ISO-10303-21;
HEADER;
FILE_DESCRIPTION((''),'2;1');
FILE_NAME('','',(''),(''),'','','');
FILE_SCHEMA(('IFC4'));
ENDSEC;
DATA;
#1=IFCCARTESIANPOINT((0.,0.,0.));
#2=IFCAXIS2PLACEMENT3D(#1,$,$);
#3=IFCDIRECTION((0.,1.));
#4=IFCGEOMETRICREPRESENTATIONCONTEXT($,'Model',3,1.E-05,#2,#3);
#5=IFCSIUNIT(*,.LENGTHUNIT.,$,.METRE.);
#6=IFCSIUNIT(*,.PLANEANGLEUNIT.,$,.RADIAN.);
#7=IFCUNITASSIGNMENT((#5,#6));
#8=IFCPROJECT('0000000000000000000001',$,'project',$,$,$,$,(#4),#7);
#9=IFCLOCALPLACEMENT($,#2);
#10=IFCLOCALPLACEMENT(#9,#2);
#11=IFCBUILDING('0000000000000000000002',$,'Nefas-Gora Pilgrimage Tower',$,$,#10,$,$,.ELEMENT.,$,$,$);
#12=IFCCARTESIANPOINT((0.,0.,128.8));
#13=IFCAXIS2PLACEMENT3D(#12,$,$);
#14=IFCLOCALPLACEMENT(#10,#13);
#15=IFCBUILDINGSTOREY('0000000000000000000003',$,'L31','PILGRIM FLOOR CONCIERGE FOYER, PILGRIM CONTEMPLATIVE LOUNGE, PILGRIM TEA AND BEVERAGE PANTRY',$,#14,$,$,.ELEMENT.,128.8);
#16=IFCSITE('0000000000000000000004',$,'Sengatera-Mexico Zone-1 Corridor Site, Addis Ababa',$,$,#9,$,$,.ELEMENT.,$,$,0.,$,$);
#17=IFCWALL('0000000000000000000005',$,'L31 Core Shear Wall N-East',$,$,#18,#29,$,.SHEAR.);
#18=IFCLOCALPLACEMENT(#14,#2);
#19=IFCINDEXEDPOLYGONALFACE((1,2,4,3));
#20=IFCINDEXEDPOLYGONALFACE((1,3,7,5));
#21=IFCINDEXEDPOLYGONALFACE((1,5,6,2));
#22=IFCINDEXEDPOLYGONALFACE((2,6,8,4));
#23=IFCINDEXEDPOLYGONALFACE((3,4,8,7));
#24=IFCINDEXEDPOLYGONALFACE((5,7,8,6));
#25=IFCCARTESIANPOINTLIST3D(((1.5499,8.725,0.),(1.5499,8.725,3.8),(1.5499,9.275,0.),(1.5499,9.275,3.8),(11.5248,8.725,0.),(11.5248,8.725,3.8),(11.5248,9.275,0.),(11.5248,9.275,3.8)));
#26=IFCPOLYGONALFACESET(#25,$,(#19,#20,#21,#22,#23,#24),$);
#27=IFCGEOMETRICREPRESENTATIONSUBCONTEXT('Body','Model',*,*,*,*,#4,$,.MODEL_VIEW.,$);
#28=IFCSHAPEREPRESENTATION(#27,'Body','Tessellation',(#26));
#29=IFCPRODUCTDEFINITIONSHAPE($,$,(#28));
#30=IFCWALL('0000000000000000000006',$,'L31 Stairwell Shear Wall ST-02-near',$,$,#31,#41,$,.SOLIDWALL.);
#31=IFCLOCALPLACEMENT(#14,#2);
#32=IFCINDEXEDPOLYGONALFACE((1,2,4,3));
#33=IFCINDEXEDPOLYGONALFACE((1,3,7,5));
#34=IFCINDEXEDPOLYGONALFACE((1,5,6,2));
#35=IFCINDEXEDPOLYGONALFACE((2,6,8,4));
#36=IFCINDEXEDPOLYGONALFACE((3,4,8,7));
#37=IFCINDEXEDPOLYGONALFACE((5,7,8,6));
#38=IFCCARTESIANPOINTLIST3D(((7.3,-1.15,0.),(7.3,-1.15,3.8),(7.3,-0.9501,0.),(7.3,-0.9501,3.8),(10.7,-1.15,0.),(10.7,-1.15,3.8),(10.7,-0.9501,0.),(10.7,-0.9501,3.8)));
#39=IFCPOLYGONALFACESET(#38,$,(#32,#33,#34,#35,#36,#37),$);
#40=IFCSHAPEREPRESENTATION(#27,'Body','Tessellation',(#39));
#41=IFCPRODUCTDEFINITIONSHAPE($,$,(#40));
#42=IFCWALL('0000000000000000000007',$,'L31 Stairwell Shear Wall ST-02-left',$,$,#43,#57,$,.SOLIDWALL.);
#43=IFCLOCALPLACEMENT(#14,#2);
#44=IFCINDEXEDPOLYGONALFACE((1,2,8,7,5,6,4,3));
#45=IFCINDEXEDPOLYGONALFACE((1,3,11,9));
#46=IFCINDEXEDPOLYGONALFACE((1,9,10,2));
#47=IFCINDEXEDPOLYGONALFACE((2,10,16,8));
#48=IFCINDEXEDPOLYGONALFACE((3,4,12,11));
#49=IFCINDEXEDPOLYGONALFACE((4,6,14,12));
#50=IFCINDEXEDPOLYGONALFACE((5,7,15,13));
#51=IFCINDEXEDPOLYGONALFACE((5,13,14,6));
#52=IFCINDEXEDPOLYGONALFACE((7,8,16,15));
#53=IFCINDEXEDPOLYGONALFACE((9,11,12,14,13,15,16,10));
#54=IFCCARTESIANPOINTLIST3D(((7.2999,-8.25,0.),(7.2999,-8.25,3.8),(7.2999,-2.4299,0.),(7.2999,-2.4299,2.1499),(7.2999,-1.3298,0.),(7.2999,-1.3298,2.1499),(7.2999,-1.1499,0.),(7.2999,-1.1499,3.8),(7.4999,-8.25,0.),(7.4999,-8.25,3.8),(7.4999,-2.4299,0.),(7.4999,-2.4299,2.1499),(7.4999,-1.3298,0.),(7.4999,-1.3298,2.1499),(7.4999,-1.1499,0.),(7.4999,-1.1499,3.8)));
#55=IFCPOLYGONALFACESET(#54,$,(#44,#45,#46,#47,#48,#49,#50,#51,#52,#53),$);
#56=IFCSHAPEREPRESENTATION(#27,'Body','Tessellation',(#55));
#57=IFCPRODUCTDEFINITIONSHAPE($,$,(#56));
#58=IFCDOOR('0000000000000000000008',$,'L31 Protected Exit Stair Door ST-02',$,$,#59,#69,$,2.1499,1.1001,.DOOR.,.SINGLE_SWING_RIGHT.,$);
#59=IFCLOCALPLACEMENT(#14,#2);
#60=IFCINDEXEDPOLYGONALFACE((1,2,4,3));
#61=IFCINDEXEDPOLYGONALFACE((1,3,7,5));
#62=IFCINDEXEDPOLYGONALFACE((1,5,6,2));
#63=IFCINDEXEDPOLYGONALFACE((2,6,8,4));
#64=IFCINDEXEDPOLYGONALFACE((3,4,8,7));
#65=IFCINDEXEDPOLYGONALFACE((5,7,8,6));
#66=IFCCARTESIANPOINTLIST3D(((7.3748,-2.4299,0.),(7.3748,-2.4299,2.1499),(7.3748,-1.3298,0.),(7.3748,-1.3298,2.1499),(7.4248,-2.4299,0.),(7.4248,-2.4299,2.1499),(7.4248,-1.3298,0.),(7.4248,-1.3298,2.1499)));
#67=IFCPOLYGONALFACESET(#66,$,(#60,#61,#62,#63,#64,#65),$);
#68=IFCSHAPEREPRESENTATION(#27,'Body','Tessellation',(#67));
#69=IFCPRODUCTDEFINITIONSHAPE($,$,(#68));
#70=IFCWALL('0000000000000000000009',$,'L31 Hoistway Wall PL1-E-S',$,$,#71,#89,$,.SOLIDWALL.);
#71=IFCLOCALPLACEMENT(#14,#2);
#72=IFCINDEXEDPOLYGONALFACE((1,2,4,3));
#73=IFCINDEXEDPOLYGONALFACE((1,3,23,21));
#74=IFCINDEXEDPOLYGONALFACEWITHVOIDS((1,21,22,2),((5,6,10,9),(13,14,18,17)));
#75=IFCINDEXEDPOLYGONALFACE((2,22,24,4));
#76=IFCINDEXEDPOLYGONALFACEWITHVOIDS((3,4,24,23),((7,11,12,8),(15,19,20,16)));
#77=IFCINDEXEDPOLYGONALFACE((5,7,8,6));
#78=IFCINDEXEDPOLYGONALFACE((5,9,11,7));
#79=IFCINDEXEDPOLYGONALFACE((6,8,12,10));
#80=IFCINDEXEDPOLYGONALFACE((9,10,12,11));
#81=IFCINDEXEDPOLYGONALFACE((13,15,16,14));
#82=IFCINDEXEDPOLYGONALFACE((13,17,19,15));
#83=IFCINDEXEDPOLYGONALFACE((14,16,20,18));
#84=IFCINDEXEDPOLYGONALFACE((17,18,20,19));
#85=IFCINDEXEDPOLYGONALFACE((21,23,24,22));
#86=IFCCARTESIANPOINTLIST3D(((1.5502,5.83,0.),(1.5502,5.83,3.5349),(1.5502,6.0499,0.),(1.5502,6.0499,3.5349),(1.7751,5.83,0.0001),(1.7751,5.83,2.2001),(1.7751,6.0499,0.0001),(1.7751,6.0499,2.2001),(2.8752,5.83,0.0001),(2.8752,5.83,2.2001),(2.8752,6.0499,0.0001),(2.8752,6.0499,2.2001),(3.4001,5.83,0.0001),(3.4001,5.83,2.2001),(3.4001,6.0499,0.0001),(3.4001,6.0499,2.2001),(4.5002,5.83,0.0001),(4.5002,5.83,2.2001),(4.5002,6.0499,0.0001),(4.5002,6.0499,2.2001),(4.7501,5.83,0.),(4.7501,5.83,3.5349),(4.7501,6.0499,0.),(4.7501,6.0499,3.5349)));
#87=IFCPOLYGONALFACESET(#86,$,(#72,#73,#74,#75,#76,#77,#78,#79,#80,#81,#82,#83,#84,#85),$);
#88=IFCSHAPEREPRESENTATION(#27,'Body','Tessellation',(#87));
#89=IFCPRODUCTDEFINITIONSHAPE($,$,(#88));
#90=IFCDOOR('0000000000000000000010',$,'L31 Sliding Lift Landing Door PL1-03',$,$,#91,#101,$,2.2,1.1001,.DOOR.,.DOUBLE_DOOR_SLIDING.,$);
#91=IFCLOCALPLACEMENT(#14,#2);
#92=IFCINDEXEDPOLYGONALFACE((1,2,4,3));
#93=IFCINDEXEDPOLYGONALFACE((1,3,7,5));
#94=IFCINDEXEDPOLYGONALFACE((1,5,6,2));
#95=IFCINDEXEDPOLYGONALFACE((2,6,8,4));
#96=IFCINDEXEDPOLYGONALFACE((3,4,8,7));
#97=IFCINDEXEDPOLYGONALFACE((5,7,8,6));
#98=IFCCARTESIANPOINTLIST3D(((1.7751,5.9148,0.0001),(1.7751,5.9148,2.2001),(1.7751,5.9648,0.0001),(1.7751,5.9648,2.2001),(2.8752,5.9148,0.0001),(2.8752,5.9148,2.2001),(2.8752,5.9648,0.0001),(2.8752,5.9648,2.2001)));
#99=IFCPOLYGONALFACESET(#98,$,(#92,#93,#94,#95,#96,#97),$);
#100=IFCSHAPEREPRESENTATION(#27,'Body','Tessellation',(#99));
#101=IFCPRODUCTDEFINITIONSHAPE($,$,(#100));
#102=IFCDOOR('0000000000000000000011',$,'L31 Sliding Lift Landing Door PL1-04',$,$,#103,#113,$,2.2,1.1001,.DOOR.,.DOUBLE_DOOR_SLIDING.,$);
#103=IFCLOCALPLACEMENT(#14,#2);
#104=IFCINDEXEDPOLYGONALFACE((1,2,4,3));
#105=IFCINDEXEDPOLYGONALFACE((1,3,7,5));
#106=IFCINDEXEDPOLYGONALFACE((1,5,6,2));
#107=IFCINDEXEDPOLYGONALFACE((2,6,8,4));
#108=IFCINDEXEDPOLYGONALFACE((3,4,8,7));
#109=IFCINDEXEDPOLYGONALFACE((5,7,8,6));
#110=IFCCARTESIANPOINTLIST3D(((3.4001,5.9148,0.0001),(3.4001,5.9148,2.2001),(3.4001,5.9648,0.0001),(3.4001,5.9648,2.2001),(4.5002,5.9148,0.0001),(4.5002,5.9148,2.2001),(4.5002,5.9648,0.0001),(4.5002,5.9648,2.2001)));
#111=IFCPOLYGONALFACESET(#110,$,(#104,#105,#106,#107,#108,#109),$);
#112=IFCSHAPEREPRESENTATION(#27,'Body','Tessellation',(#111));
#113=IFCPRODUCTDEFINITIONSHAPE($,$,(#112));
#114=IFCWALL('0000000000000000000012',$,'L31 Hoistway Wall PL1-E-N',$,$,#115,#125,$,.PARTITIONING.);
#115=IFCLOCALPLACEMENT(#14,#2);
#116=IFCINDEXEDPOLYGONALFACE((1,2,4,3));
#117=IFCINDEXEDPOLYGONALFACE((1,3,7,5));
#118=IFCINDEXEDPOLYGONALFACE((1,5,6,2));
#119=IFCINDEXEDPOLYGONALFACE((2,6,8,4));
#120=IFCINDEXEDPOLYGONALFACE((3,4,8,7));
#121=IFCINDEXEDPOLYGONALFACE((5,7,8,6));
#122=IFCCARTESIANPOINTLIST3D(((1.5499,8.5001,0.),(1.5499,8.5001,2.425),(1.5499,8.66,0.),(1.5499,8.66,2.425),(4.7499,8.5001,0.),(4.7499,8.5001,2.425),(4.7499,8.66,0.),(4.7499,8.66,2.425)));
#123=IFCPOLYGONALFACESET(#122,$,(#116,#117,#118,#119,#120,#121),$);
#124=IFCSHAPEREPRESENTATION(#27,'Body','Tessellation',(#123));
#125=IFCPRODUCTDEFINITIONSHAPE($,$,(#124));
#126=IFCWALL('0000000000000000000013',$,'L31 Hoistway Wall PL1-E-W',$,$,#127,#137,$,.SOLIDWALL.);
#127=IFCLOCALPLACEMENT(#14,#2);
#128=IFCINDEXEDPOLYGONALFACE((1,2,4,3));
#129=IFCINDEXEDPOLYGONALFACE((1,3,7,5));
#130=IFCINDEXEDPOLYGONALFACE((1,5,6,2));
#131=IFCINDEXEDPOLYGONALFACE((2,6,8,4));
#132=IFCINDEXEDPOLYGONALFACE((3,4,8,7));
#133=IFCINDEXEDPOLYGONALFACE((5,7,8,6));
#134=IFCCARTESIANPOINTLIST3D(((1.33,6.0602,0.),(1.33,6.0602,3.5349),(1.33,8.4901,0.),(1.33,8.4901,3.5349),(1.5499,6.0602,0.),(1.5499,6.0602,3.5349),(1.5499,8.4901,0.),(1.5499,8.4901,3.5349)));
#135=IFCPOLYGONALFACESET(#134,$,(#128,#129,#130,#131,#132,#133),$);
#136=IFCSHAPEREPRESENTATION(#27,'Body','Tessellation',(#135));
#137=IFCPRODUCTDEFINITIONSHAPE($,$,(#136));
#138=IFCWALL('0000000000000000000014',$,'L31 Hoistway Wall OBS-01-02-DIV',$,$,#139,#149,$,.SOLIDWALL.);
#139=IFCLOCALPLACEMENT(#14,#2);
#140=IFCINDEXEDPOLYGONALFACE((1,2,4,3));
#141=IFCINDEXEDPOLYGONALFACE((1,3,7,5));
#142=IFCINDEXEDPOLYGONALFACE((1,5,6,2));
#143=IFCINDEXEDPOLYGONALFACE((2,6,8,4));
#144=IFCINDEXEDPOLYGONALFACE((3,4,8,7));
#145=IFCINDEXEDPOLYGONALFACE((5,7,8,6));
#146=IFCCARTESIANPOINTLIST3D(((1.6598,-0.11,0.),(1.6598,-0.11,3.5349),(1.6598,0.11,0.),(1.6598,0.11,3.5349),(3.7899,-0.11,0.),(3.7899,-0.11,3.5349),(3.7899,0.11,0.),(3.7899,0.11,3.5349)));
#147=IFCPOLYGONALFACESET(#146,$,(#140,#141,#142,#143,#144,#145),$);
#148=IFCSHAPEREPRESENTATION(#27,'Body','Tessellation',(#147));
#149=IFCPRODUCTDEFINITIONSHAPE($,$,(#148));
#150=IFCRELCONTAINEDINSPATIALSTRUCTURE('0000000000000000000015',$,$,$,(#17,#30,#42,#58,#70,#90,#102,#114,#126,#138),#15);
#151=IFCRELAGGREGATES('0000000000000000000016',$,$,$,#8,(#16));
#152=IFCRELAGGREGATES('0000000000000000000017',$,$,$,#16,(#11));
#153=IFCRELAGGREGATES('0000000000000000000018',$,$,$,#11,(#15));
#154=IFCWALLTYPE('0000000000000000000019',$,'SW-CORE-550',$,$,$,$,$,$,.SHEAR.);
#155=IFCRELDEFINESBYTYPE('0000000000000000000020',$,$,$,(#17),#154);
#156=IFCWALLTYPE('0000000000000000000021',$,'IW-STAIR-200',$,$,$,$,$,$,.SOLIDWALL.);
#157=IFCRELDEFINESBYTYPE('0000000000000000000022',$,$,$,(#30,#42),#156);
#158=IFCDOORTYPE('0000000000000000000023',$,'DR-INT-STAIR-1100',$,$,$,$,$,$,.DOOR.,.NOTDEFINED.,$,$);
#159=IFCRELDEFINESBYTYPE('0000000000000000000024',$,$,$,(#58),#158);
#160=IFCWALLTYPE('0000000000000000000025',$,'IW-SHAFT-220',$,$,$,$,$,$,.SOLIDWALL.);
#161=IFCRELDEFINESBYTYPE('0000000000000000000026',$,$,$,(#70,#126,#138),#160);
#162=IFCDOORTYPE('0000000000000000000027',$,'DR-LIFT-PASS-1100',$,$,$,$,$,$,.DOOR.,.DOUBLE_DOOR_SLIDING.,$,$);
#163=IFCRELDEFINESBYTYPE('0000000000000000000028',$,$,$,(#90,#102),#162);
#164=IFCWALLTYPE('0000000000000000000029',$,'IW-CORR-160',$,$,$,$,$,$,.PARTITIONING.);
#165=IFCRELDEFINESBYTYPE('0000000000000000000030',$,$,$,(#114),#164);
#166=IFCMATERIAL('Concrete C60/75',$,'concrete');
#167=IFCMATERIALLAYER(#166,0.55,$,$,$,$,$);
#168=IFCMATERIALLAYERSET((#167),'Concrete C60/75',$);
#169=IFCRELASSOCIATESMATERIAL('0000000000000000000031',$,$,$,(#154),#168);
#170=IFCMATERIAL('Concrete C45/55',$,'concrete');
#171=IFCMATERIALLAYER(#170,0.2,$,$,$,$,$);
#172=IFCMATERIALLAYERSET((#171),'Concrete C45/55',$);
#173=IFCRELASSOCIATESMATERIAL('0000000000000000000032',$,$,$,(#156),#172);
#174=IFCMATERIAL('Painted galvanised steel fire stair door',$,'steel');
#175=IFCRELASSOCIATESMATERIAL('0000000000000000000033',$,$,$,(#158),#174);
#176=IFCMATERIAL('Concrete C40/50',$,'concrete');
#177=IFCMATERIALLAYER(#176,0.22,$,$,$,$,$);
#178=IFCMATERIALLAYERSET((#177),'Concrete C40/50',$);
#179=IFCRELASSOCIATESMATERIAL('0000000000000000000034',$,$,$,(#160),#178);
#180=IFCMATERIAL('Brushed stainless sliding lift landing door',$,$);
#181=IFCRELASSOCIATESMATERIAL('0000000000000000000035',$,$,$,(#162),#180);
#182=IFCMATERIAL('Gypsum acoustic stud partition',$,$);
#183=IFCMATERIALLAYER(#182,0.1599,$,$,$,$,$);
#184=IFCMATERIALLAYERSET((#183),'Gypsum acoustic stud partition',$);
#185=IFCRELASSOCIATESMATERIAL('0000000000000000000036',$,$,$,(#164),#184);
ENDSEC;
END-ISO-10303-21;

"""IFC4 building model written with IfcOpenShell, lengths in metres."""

from ifc_helpers import new_model, si_unit, direction, frame, frame_2d, origin, place, context, subcontext, project, spatial, rectangle, extrude, source, transform, mapped, material, layer, layer_set, type_object, element, fill, save


model = new_model("IFC4")

# Units and contexts
model_context = context("Model", 3, precision=1e-05, world=origin(), true_north=direction((0.0, 1.0)))
body_context = subcontext(model_context, "Body", "Model", "MODEL_VIEW")
ifc_project = project(units=[si_unit("LENGTHUNIT", "METRE"), si_unit("PLANEANGLEUNIT", "RADIAN")], contexts=[model_context])

# Site, building, storey
site_placement = place(None, origin())
site = spatial("IfcSite", under=ifc_project, at=site_placement, Name="Sengatera-Mexico Zone-1 Corridor Site, Addis Ababa", CompositionType="ELEMENT", RefElevation=0.0)
building_placement = place(site_placement, origin())
building = spatial("IfcBuilding", under=site, at=building_placement, Name="Nefas-Gora Pilgrimage Tower", CompositionType="ELEMENT")
storey_placement = place(building_placement, frame((0.0, 0.0, 128.8)))
storey = spatial("IfcBuildingStorey", under=building, at=storey_placement, Name="L31", Description="PILGRIM FLOOR CONCIERGE FOYER, PILGRIM CONTEMPLATIVE LOUNGE, PILGRIM TEA AND BEVERAGE PANTRY", CompositionType="ELEMENT", Elevation=128.8)

# Walls
ifc_material_1 = material(Name="Concrete C60/75", Category="concrete")
ifc_layer_1 = layer(ifc_material_1, 0.55)
ifc_layer_set_1 = layer_set([ifc_layer_1], Name="Concrete C60/75")
wall_type_1 = type_object("IfcWallType", Name="SW-CORE-550", PredefinedType="SHEAR", material=ifc_layer_set_1)
shared_shape_1 = source(origin(), body_context, "Body", "SweptSolid", [
    extrude(rectangle(XDim=9.9749, YDim=0.55, at=frame_2d((4.9873, 0.0))), origin(), (0.0, 0.0, 1.0), 3.8),
])
wall_1_placement = place(storey_placement, frame((1.55, 9.0, 0.0), z_axis=(0.0, 0.0, 1.0), x_axis=(1.0, 0.0, 0.0)))
element("IfcWall", 1, at=wall_1_placement, inside=storey, type_object=wall_type_1, Name="L31 Core Shear Wall N-East", PredefinedType="SHEAR", context=body_context, shape_type="MappedRepresentation", body=[
    mapped(shared_shape_1, transform((0.0, 0.0, 0.0), x_axis=(1.0, 0.0, 0.0), y_axis=(0.0, 1.0, 0.0), z_axis=(0.0, 0.0, 1.0), scale=1.0)),
])
ifc_material_2 = material(Name="Concrete C45/55", Category="concrete")
ifc_layer_2 = layer(ifc_material_2, 0.2)
ifc_layer_set_2 = layer_set([ifc_layer_2], Name="Concrete C45/55")
wall_type_2 = type_object("IfcWallType", Name="IW-STAIR-200", PredefinedType="SOLIDWALL", material=ifc_layer_set_2)
shared_shape_2 = source(origin(), body_context, "Body", "SweptSolid", [
    extrude(rectangle(XDim=3.3999, YDim=0.2, at=frame_2d((1.7, 0.0))), origin(), (0.0, 0.0, 1.0), 3.8),
])
wall_2_placement = place(storey_placement, frame((7.3, -1.05, 0.0), z_axis=(0.0, 0.0, 1.0), x_axis=(1.0, 0.0, 0.0)))
element("IfcWall", 2, at=wall_2_placement, inside=storey, type_object=wall_type_2, Name="L31 Stairwell Shear Wall ST-02-near", PredefinedType="SOLIDWALL", context=body_context, shape_type="MappedRepresentation", body=[
    mapped(shared_shape_2, transform((0.0, 0.0, 0.0), x_axis=(1.0, 0.0, 0.0), y_axis=(0.0, 1.0, 0.0), z_axis=(0.0, 0.0, 1.0), scale=1.0)),
])

# Wall, opening, door
shared_shape_3 = source(origin(), body_context, "Body", "SweptSolid", [
    extrude(rectangle(XDim=7.1001, YDim=0.2, at=frame_2d((3.55, 0.0))), origin(), (0.0, 0.0, 1.0), 3.8),
])
wall_3_placement = place(storey_placement, frame((7.3999, -1.1499, 0.0), z_axis=(0.0, 0.0, 1.0), x_axis=(0.0, -1.0, 0.0)))
wall_3 = element("IfcWall", 3, at=wall_3_placement, inside=storey, type_object=wall_type_2, Name="L31 Stairwell Shear Wall ST-02-left", PredefinedType="SOLIDWALL", context=body_context, shape_type="MappedRepresentation", body=[
    mapped(shared_shape_3, transform((0.0, 0.0, 0.0), x_axis=(1.0, 0.0, 0.0), y_axis=(0.0, 1.0, 0.0), z_axis=(0.0, 0.0, 1.0), scale=1.0)),
])
opening_1_placement = place(wall_3_placement, frame((0.1799, 0.0, 0.0)))
opening_1 = element("IfcOpeningElement", 4, at=opening_1_placement, cuts=wall_3, PredefinedType="OPENING", context=body_context, shape_type="SweptSolid", body=[
    extrude(rectangle(XDim=1.1001, YDim=2.1499, at=frame_2d((0.55, 1.075))), frame((0.0, 0.1099, 0.0), z_axis=(0.0, -1.0, 0.0), x_axis=(1.0, 0.0, 0.0)), (0.0, 0.0, 1.0), 0.22),
])
ifc_material_3 = material(Name="Painted galvanised steel fire stair door", Category="steel")
door_type_1 = type_object("IfcDoorType", Name="DR-INT-STAIR-1100", OperationType="NOTDEFINED", PredefinedType="DOOR", material=ifc_material_3)
shared_shape_4 = source(origin(), body_context, "Body", "SweptSolid", [
    extrude(rectangle(XDim=1.1001, YDim=2.1499, at=frame_2d((0.55, 1.075))), frame((0.0, 0.0249, 0.0), z_axis=(0.0, -1.0, 0.0), x_axis=(1.0, 0.0, 0.0)), (0.0, 0.0, 1.0), 0.05),
])
door_1_placement = place(opening_1_placement, origin())
door_1 = element("IfcDoor", 5, at=door_1_placement, inside=storey, type_object=door_type_1, Name="L31 Protected Exit Stair Door ST-02", OperationType="SINGLE_SWING_RIGHT", OverallHeight=2.1499, OverallWidth=1.1001, PredefinedType="DOOR", context=body_context, shape_type="MappedRepresentation", body=[
    mapped(shared_shape_4, transform((0.0, 0.0, 0.0), x_axis=(1.0, 0.0, 0.0), y_axis=(0.0, 1.0, 0.0), z_axis=(0.0, 0.0, 1.0), scale=1.0)),
])
fill(opening_1, door_1)

# Wall, openings, doors
ifc_material_4 = material(Name="Concrete C40/50", Category="concrete")
ifc_layer_3 = layer(ifc_material_4, 0.22)
ifc_layer_set_3 = layer_set([ifc_layer_3], Name="Concrete C40/50")
wall_type_3 = type_object("IfcWallType", Name="IW-SHAFT-220", PredefinedType="SOLIDWALL", material=ifc_layer_set_3)
shared_shape_5 = source(origin(), body_context, "Body", "SweptSolid", [
    extrude(rectangle(XDim=3.2, YDim=0.22, at=frame_2d((1.6001, 0.0))), origin(), (0.0, 0.0, 1.0), 3.5349),
])
wall_4_placement = place(storey_placement, frame((1.55, 5.9399, 0.0), z_axis=(0.0, 0.0, 1.0), x_axis=(1.0, 0.0, 0.0)))
wall_4 = element("IfcWall", 6, at=wall_4_placement, inside=storey, type_object=wall_type_3, Name="L31 Hoistway Wall PL1-E-S", PredefinedType="SOLIDWALL", context=body_context, shape_type="MappedRepresentation", body=[
    mapped(shared_shape_5, transform((0.0, 0.0, 0.0), x_axis=(1.0, 0.0, 0.0), y_axis=(0.0, 1.0, 0.0), z_axis=(0.0, 0.0, 1.0), scale=1.0)),
])
opening_2_placement = place(wall_4_placement, frame((0.2251, 0.0, 0.0)))
opening_2 = element("IfcOpeningElement", 7, at=opening_2_placement, cuts=wall_4, PredefinedType="OPENING", context=body_context, shape_type="SweptSolid", body=[
    extrude(rectangle(XDim=1.1001, YDim=2.2, at=frame_2d((0.55, 1.1001))), frame((0.0, 0.1199, 0.0), z_axis=(0.0, -1.0, 0.0), x_axis=(1.0, 0.0, 0.0)), (0.0, 0.0, 1.0), 0.24),
])
opening_3_placement = place(wall_4_placement, frame((1.8501, 0.0, 0.0)))
opening_3 = element("IfcOpeningElement", 8, at=opening_3_placement, cuts=wall_4, PredefinedType="OPENING", context=body_context, shape_type="SweptSolid", body=[
    extrude(rectangle(XDim=1.1001, YDim=2.2, at=frame_2d((0.55, 1.1001))), frame((0.0, 0.1199, 0.0), z_axis=(0.0, -1.0, 0.0), x_axis=(1.0, 0.0, 0.0)), (0.0, 0.0, 1.0), 0.24),
])
ifc_material_5 = material(Name="Brushed stainless sliding lift landing door")
door_type_2 = type_object("IfcDoorType", Name="DR-LIFT-PASS-1100", OperationType="DOUBLE_DOOR_SLIDING", PredefinedType="DOOR", material=ifc_material_5)
shared_shape_6 = source(origin(), body_context, "Body", "SweptSolid", [
    extrude(rectangle(XDim=1.1001, YDim=2.2, at=frame_2d((0.55, 1.1001))), frame((0.0, 0.0249, 0.0), z_axis=(0.0, -1.0, 0.0), x_axis=(1.0, 0.0, 0.0)), (0.0, 0.0, 1.0), 0.05),
])
door_2_placement = place(opening_2_placement, origin())
door_2 = element("IfcDoor", 9, at=door_2_placement, inside=storey, type_object=door_type_2, Name="L31 Sliding Lift Landing Door PL1-03", OperationType="DOUBLE_DOOR_SLIDING", OverallHeight=2.2, OverallWidth=1.1001, PredefinedType="DOOR", context=body_context, shape_type="MappedRepresentation", body=[
    mapped(shared_shape_6, transform((0.0, 0.0, 0.0), x_axis=(1.0, 0.0, 0.0), y_axis=(0.0, 1.0, 0.0), z_axis=(0.0, 0.0, 1.0), scale=1.0)),
])
fill(opening_2, door_2)
door_3_placement = place(opening_3_placement, origin())
door_3 = element("IfcDoor", 10, at=door_3_placement, inside=storey, type_object=door_type_2, Name="L31 Sliding Lift Landing Door PL1-04", OperationType="DOUBLE_DOOR_SLIDING", OverallHeight=2.2, OverallWidth=1.1001, PredefinedType="DOOR", context=body_context, shape_type="MappedRepresentation", body=[
    mapped(shared_shape_6, transform((0.0, 0.0, 0.0), x_axis=(1.0, 0.0, 0.0), y_axis=(0.0, 1.0, 0.0), z_axis=(0.0, 0.0, 1.0), scale=1.0)),
])
fill(opening_3, door_3)

# Walls
ifc_material_6 = material(Name="Gypsum acoustic stud partition")
ifc_layer_4 = layer(ifc_material_6, 0.1599)
ifc_layer_set_4 = layer_set([ifc_layer_4], Name="Gypsum acoustic stud partition")
wall_type_4 = type_object("IfcWallType", Name="IW-CORR-160", PredefinedType="PARTITIONING", material=ifc_layer_set_4)
shared_shape_7 = source(origin(), body_context, "Body", "SweptSolid", [
    extrude(rectangle(XDim=3.2, YDim=0.1599, at=frame_2d((1.6001, 0.0))), origin(), (0.0, 0.0, 1.0), 2.425),
])
wall_5_placement = place(storey_placement, frame((4.75, 8.5801, 0.0), z_axis=(0.0, 0.0, 1.0), x_axis=(-1.0, 0.0, 0.0)))
element("IfcWall", 11, at=wall_5_placement, inside=storey, type_object=wall_type_4, Name="L31 Hoistway Wall PL1-E-N", PredefinedType="PARTITIONING", context=body_context, shape_type="MappedRepresentation", body=[
    mapped(shared_shape_7, transform((0.0, 0.0, 0.0), x_axis=(1.0, 0.0, 0.0), y_axis=(0.0, 1.0, 0.0), z_axis=(0.0, 0.0, 1.0), scale=1.0)),
])
shared_shape_8 = source(origin(), body_context, "Body", "SweptSolid", [
    extrude(rectangle(XDim=2.4299, YDim=0.22, at=frame_2d((1.2148, 0.0))), origin(), (0.0, 0.0, 1.0), 3.5349),
])
for number, where, z_axis, x_axis, name in (
    (12, (1.4399, 8.49, 0.0), (0.0, 0.0, 1.0), (0.0, -1.0, 0.0), "L31 Hoistway Wall PL1-E-W"),
):
    element("IfcWall", number, at=place(storey_placement, frame(where, z_axis=z_axis, x_axis=x_axis)), inside=storey, type_object=wall_type_3, Name=name, PredefinedType="SOLIDWALL", context=body_context, shape_type="MappedRepresentation", body=[
        mapped(shared_shape_8, transform((0.0, 0.0, 0.0), x_axis=(1.0, 0.0, 0.0), y_axis=(0.0, 1.0, 0.0), z_axis=(0.0, 0.0, 1.0), scale=1.0)),
    ])
shared_shape_9 = source(origin(), body_context, "Body", "SweptSolid", [
    extrude(rectangle(XDim=2.1301, YDim=0.22, at=frame_2d((1.0649, 0.0))), origin(), (0.0, 0.0, 1.0), 3.5349),
])
for number, where, z_axis, x_axis, name in (
    (13, (1.6599, 0.0, 0.0), (0.0, 0.0, 1.0), (1.0, 0.0, 0.0), "L31 Hoistway Wall OBS-01-02-DIV"),
):
    element("IfcWall", number, at=place(storey_placement, frame(where, z_axis=z_axis, x_axis=x_axis)), inside=storey, type_object=wall_type_3, Name=name, PredefinedType="SOLIDWALL", context=body_context, shape_type="MappedRepresentation", body=[
        mapped(shared_shape_9, transform((0.0, 0.0, 0.0), x_axis=(1.0, 0.0, 0.0), y_axis=(0.0, 1.0, 0.0), z_axis=(0.0, 0.0, 1.0), scale=1.0)),
    ])

save(model, "model.ifc")
